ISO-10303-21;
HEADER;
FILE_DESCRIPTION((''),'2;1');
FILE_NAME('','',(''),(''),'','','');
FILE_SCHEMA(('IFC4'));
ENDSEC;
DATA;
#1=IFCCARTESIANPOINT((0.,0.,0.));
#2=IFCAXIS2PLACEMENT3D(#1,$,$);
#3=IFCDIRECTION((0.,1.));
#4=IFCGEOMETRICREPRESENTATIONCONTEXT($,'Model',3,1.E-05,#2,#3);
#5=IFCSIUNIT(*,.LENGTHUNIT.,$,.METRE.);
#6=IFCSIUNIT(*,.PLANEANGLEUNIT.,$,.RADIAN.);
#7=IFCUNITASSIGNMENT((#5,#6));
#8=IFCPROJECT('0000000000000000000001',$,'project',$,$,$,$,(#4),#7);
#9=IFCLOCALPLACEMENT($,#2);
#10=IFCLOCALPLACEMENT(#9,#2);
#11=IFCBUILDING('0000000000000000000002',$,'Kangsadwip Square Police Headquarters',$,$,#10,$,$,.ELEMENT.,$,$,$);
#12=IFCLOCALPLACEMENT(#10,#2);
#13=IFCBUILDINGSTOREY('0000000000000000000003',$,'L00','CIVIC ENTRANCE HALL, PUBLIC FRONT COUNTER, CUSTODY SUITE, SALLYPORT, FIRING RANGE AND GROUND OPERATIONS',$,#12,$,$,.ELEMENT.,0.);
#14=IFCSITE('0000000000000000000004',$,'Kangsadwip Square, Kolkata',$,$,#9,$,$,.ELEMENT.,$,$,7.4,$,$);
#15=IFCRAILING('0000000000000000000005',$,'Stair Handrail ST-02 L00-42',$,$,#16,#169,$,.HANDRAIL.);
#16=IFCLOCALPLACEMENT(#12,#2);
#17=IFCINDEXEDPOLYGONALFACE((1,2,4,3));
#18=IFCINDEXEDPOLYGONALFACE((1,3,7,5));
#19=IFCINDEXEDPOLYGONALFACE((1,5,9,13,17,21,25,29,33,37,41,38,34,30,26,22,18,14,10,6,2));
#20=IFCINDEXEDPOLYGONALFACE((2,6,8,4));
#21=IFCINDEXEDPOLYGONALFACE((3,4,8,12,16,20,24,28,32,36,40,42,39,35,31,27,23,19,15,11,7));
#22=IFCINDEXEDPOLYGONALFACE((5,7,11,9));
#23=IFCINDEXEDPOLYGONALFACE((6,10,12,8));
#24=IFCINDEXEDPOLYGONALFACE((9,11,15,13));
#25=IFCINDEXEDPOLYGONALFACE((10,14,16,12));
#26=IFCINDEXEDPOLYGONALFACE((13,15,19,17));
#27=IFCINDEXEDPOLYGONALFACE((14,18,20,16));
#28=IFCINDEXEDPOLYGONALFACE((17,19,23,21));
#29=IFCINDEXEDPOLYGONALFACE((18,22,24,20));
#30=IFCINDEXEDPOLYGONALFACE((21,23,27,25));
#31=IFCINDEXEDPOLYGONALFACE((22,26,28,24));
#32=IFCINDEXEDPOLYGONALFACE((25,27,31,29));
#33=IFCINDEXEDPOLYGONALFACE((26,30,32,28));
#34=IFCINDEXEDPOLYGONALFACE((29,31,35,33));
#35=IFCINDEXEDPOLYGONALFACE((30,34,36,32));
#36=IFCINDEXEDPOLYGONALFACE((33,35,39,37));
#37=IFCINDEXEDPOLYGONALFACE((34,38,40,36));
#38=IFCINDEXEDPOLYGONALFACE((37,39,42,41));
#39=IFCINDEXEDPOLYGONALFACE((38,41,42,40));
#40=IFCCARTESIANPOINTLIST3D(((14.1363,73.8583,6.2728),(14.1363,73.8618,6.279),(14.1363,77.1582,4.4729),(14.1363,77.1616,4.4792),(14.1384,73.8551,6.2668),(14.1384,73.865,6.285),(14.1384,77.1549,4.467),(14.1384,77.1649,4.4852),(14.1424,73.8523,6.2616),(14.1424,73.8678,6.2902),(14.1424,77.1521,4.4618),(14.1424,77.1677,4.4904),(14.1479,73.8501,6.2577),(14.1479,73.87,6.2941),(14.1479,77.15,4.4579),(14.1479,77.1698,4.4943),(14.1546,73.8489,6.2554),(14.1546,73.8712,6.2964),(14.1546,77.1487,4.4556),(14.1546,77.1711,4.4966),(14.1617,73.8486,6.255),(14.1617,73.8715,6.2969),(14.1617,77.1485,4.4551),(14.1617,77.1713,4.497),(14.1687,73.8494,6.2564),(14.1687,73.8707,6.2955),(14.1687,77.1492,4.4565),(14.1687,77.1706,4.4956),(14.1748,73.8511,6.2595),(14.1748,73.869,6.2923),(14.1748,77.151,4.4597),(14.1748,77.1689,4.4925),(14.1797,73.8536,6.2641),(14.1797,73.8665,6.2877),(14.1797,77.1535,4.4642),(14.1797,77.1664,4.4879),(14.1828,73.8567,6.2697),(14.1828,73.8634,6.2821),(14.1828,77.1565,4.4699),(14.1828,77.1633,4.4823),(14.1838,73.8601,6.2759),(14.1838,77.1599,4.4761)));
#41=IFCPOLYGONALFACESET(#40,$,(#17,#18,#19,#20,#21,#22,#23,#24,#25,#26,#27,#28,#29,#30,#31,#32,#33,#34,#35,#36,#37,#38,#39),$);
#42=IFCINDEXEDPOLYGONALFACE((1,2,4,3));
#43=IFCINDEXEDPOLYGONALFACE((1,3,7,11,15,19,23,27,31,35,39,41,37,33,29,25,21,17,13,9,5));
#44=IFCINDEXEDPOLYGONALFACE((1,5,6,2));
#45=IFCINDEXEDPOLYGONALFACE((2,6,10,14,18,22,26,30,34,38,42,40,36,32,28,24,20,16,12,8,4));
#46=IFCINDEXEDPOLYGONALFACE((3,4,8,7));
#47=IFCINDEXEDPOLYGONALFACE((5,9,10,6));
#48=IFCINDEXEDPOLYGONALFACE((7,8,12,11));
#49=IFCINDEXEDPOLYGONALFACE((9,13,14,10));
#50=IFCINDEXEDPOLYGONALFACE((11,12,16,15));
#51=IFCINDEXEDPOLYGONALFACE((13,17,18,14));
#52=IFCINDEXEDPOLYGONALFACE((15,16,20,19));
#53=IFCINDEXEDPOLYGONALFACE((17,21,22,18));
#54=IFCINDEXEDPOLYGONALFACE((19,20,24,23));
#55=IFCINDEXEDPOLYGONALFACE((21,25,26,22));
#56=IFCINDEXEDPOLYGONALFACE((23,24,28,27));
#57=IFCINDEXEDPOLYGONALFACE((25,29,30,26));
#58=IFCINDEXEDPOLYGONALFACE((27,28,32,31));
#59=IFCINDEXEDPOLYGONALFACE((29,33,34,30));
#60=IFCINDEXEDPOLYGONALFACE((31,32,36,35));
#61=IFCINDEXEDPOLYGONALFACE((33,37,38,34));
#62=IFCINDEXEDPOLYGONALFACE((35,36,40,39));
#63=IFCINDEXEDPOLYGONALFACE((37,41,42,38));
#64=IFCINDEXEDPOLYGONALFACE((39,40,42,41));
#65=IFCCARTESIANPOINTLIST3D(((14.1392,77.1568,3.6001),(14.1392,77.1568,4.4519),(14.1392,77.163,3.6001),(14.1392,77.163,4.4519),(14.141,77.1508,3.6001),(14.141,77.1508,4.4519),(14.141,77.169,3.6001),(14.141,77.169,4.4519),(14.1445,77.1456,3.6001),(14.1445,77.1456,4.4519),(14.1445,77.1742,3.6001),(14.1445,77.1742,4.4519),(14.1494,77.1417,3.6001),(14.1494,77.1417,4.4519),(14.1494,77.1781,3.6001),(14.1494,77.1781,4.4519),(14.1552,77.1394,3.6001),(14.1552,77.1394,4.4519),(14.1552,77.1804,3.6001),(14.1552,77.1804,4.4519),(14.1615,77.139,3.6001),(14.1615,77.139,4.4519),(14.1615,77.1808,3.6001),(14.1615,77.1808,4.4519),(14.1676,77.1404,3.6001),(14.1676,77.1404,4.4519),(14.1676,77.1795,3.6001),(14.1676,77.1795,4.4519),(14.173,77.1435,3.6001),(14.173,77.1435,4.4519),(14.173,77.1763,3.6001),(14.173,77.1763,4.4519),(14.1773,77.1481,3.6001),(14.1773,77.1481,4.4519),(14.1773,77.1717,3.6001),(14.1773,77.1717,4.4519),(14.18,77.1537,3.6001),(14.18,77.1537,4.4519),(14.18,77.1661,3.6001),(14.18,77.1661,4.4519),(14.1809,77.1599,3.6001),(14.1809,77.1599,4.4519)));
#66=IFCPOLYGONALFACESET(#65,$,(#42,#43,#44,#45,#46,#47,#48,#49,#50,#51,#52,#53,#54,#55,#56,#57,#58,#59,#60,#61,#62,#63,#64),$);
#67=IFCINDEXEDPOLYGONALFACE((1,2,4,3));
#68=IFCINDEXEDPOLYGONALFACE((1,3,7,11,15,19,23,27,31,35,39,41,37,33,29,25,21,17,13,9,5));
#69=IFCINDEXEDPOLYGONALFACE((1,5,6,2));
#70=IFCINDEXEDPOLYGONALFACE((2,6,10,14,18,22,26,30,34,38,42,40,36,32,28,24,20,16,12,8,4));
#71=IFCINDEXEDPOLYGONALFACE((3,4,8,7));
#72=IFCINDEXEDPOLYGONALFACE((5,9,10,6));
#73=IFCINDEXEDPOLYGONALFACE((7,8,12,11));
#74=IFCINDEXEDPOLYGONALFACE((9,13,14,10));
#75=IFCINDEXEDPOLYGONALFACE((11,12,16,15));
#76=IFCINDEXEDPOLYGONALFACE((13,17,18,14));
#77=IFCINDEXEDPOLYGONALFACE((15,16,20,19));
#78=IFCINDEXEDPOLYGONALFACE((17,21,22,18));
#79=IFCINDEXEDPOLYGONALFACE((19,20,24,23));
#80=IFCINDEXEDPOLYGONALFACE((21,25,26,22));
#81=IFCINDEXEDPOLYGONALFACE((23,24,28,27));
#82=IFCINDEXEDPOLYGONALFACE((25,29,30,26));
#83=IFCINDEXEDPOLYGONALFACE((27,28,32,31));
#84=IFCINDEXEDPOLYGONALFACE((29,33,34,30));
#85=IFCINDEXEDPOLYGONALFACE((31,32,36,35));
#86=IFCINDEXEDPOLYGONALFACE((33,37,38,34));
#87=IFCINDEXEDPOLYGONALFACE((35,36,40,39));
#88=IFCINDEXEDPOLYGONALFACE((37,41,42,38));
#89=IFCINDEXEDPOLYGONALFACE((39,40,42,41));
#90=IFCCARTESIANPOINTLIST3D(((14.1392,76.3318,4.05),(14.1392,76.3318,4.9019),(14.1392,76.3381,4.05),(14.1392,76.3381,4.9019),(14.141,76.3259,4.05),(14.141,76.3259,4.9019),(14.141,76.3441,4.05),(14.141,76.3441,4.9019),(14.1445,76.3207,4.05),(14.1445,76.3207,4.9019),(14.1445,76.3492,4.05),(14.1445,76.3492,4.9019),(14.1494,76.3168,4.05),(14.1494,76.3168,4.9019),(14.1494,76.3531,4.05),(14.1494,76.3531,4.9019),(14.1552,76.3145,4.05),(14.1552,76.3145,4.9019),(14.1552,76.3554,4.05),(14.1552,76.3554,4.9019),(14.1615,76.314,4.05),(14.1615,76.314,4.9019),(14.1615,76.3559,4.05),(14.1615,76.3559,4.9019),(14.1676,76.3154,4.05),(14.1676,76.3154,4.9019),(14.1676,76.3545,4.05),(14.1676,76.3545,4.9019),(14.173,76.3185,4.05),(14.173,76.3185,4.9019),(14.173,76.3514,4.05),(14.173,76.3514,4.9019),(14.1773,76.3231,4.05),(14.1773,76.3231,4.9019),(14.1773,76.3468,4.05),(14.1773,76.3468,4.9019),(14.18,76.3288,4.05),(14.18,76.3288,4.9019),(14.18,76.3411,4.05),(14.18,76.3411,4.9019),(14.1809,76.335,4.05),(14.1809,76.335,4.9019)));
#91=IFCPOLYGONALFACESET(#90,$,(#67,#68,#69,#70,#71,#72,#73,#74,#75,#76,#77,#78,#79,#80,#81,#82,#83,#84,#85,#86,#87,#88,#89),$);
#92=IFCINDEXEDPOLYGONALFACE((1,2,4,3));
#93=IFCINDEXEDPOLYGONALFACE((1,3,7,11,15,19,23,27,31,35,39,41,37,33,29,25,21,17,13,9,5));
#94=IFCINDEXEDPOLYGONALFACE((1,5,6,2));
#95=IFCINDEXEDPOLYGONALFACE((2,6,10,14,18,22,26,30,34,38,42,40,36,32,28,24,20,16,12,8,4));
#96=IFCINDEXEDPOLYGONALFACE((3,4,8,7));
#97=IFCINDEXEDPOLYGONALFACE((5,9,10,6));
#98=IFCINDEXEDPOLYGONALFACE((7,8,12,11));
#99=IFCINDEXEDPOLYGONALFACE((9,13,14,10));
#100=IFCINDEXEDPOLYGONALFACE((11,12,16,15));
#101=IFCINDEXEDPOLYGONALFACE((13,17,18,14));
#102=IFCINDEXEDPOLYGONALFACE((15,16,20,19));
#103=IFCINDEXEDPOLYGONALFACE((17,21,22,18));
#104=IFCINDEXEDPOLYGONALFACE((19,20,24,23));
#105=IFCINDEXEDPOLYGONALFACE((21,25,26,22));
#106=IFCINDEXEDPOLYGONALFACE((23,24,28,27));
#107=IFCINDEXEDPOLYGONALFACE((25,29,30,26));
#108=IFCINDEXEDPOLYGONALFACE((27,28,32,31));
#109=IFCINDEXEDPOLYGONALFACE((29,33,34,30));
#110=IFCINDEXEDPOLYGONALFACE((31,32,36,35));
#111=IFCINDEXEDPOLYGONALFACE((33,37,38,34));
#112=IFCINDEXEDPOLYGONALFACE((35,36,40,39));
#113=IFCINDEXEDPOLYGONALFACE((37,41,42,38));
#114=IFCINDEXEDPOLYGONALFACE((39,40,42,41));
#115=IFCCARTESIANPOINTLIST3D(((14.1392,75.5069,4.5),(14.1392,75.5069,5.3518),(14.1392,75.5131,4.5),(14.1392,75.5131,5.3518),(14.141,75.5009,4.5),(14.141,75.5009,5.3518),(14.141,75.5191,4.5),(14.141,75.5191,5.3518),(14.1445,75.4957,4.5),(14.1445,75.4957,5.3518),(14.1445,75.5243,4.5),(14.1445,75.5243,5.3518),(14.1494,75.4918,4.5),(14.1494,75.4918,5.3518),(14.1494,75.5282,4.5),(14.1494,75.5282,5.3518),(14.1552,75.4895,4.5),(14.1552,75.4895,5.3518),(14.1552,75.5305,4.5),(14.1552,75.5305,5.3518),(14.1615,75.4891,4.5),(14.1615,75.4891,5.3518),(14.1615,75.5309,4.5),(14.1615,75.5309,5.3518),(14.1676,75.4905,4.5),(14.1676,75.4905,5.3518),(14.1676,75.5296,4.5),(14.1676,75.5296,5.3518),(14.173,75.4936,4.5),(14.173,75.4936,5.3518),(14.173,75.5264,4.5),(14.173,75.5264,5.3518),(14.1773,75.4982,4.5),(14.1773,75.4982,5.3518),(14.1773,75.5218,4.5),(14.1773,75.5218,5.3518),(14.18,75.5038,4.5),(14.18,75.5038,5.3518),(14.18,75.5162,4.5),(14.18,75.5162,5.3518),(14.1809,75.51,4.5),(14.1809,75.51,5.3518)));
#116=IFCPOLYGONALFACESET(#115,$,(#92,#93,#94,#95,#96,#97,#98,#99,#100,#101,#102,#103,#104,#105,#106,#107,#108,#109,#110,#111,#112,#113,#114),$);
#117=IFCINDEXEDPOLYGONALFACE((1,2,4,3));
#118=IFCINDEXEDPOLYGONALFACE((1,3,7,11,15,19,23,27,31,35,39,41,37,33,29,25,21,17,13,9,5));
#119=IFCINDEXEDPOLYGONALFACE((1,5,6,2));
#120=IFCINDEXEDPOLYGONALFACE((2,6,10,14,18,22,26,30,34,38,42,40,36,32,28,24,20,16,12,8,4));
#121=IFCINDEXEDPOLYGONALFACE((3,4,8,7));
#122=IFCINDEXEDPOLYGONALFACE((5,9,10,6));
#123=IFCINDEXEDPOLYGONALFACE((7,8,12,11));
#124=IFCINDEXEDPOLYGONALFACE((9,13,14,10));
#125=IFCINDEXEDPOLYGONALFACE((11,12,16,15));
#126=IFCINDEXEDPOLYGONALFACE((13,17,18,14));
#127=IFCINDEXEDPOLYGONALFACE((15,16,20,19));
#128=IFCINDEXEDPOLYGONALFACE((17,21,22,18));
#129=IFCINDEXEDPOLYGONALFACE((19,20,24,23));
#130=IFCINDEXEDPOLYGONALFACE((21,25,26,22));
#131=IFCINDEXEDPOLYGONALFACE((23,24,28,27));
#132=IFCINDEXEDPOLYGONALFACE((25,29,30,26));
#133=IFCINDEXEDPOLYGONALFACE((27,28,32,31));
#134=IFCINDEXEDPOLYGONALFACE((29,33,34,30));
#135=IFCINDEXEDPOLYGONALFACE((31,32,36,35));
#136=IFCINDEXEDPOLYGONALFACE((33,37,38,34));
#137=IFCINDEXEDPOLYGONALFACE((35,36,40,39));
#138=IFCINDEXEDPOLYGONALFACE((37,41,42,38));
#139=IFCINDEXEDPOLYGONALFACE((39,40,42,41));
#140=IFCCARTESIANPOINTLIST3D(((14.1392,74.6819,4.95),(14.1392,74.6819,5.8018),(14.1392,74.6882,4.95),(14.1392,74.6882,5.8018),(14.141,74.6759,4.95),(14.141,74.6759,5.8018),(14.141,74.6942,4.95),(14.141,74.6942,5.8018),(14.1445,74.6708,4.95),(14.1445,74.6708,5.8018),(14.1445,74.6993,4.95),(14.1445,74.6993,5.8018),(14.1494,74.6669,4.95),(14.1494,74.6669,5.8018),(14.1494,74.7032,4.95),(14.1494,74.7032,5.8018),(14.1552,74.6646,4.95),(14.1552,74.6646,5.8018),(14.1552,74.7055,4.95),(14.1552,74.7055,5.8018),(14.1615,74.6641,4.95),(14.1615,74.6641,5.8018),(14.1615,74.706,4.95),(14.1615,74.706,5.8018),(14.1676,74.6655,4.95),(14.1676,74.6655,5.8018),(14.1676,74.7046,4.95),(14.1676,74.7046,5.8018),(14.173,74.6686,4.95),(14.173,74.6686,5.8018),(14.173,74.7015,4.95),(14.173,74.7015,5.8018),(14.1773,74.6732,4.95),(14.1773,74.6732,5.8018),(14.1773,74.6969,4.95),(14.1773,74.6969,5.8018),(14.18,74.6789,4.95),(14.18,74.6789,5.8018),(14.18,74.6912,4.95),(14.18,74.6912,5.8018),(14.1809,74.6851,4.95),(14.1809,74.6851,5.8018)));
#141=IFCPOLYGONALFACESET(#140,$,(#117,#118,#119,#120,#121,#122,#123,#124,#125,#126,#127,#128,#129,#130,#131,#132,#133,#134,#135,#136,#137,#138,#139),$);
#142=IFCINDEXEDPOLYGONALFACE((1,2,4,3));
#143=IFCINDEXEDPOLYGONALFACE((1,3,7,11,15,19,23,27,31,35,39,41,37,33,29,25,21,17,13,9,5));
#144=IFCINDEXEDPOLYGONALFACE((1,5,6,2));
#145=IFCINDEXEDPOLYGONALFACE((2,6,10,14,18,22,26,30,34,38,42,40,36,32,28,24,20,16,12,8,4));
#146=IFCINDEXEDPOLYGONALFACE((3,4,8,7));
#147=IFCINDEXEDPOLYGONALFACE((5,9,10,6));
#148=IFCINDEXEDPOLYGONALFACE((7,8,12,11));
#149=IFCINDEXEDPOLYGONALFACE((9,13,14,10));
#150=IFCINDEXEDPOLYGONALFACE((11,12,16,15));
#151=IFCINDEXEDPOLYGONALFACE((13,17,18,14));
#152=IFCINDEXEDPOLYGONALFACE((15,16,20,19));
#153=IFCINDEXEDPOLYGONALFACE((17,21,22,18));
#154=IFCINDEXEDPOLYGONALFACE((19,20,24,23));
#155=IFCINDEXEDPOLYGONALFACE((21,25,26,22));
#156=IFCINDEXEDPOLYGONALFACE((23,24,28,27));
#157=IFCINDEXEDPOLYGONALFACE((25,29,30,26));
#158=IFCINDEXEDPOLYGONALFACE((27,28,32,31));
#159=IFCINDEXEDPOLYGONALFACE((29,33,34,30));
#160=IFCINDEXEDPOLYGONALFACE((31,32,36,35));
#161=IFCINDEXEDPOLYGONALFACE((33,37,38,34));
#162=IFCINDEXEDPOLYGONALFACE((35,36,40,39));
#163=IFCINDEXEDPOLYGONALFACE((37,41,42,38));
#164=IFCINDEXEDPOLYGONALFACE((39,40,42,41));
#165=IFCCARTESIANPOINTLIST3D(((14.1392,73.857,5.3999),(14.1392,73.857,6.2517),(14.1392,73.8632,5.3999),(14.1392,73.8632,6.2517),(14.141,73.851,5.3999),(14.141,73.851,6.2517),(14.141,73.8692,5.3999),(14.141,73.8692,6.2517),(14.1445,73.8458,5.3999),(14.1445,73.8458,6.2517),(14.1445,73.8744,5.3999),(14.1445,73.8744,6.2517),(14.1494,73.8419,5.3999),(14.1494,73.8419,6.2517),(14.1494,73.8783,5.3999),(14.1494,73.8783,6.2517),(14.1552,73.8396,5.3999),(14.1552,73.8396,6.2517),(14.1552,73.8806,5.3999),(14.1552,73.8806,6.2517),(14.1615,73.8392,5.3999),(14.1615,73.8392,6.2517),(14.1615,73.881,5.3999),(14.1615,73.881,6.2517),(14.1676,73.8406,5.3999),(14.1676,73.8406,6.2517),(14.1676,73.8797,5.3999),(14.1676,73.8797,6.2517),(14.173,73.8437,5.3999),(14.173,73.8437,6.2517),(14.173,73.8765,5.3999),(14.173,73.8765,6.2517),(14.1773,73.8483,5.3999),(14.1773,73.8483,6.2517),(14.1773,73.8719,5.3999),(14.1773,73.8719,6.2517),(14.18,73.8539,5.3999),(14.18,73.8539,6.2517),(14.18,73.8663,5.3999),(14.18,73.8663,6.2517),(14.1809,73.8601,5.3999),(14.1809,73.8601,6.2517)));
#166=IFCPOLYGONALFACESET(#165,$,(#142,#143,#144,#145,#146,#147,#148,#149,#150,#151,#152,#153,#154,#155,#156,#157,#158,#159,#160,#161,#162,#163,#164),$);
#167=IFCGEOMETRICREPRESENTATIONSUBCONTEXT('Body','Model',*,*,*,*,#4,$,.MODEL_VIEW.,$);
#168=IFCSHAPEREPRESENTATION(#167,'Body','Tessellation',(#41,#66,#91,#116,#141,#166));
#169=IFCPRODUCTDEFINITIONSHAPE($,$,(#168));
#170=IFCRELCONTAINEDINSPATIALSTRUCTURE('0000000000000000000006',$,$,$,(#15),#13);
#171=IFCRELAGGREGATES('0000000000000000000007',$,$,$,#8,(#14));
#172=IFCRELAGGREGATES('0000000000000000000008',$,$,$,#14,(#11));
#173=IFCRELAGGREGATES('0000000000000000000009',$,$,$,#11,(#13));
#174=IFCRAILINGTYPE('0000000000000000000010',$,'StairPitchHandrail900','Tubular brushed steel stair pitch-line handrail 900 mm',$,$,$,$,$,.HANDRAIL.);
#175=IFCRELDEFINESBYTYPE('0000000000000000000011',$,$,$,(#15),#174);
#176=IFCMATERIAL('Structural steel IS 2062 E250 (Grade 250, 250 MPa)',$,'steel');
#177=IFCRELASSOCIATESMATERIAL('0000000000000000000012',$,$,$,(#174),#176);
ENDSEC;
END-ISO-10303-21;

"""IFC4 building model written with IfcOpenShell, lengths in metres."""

from ifc_helpers import new_model, si_unit, direction, frame, origin, origin_2d, place, context, subcontext, project, spatial, circle, extrude, material, type_object, element, save


model = new_model("IFC4")

# Units and contexts
model_context = context("Model", 3, precision=1e-05, world=origin(), true_north=direction((0.0, 1.0)))
body_context = subcontext(model_context, "Body", "Model", "MODEL_VIEW")
ifc_project = project(units=[si_unit("LENGTHUNIT", "METRE"), si_unit("PLANEANGLEUNIT", "RADIAN")], contexts=[model_context])

# Site, building, storey
site_placement = place(None, origin())
site = spatial("IfcSite", under=ifc_project, at=site_placement, Name="Kangsadwip Square, Kolkata", CompositionType="ELEMENT", RefElevation=7.4)
building_placement = place(site_placement, origin())
building = spatial("IfcBuilding", under=site, at=building_placement, Name="Kangsadwip Square Police Headquarters", CompositionType="ELEMENT")
storey_placement = place(building_placement, origin())
storey = spatial("IfcBuildingStorey", under=building, at=storey_placement, Name="L00", Description="CIVIC ENTRANCE HALL, PUBLIC FRONT COUNTER, CUSTODY SUITE, SALLYPORT, FIRING RANGE AND GROUND OPERATIONS", CompositionType="ELEMENT", Elevation=0.0)

# Railing
ifc_material_1 = material(Name="Structural steel IS 2062 E250 (Grade 250, 250 MPa)", Category="steel")
railing_type = type_object("IfcRailingType", Name="StairPitchHandrail900", Description="Tubular brushed steel stair pitch-line handrail 900 mm", PredefinedType="HANDRAIL", material=ifc_material_1)
railing_placement = place(storey_placement, frame((14.1599, 77.1599, 3.6001)))
element("IfcRailing", 1, at=railing_placement, inside=storey, type_object=railing_type, Name="Stair Handrail ST-02 L00-42", PredefinedType="HANDRAIL", context=body_context, shape_type="SweptSolid", body=[
    extrude(circle(Radius=0.0239, at=origin_2d()), frame((0.0, 0.0, 0.876), z_axis=(0.0, -0.877906, 0.478834), x_axis=(1.0, 0.0, 0.0)), (0.0, 0.0, 1.0), 3.7588),
    extrude(circle(Radius=0.021, at=origin_2d()), origin(), (0.0, 0.0, 1.0), 0.8518),
    extrude(circle(Radius=0.021, at=origin_2d()), frame((0.0, -0.825, 0.45)), (0.0, 0.0, 1.0), 0.8518),
    extrude(circle(Radius=0.021, at=origin_2d()), frame((0.0, -1.6499, 0.8999)), (0.0, 0.0, 1.0), 0.8518),
    extrude(circle(Radius=0.021, at=origin_2d()), frame((0.0, -2.4749, 1.3499)), (0.0, 0.0, 1.0), 0.8518),
    extrude(circle(Radius=0.021, at=origin_2d()), frame((0.0, -3.2998, 1.7998)), (0.0, 0.0, 1.0), 0.8518),
])

save(model, "model.ifc")
